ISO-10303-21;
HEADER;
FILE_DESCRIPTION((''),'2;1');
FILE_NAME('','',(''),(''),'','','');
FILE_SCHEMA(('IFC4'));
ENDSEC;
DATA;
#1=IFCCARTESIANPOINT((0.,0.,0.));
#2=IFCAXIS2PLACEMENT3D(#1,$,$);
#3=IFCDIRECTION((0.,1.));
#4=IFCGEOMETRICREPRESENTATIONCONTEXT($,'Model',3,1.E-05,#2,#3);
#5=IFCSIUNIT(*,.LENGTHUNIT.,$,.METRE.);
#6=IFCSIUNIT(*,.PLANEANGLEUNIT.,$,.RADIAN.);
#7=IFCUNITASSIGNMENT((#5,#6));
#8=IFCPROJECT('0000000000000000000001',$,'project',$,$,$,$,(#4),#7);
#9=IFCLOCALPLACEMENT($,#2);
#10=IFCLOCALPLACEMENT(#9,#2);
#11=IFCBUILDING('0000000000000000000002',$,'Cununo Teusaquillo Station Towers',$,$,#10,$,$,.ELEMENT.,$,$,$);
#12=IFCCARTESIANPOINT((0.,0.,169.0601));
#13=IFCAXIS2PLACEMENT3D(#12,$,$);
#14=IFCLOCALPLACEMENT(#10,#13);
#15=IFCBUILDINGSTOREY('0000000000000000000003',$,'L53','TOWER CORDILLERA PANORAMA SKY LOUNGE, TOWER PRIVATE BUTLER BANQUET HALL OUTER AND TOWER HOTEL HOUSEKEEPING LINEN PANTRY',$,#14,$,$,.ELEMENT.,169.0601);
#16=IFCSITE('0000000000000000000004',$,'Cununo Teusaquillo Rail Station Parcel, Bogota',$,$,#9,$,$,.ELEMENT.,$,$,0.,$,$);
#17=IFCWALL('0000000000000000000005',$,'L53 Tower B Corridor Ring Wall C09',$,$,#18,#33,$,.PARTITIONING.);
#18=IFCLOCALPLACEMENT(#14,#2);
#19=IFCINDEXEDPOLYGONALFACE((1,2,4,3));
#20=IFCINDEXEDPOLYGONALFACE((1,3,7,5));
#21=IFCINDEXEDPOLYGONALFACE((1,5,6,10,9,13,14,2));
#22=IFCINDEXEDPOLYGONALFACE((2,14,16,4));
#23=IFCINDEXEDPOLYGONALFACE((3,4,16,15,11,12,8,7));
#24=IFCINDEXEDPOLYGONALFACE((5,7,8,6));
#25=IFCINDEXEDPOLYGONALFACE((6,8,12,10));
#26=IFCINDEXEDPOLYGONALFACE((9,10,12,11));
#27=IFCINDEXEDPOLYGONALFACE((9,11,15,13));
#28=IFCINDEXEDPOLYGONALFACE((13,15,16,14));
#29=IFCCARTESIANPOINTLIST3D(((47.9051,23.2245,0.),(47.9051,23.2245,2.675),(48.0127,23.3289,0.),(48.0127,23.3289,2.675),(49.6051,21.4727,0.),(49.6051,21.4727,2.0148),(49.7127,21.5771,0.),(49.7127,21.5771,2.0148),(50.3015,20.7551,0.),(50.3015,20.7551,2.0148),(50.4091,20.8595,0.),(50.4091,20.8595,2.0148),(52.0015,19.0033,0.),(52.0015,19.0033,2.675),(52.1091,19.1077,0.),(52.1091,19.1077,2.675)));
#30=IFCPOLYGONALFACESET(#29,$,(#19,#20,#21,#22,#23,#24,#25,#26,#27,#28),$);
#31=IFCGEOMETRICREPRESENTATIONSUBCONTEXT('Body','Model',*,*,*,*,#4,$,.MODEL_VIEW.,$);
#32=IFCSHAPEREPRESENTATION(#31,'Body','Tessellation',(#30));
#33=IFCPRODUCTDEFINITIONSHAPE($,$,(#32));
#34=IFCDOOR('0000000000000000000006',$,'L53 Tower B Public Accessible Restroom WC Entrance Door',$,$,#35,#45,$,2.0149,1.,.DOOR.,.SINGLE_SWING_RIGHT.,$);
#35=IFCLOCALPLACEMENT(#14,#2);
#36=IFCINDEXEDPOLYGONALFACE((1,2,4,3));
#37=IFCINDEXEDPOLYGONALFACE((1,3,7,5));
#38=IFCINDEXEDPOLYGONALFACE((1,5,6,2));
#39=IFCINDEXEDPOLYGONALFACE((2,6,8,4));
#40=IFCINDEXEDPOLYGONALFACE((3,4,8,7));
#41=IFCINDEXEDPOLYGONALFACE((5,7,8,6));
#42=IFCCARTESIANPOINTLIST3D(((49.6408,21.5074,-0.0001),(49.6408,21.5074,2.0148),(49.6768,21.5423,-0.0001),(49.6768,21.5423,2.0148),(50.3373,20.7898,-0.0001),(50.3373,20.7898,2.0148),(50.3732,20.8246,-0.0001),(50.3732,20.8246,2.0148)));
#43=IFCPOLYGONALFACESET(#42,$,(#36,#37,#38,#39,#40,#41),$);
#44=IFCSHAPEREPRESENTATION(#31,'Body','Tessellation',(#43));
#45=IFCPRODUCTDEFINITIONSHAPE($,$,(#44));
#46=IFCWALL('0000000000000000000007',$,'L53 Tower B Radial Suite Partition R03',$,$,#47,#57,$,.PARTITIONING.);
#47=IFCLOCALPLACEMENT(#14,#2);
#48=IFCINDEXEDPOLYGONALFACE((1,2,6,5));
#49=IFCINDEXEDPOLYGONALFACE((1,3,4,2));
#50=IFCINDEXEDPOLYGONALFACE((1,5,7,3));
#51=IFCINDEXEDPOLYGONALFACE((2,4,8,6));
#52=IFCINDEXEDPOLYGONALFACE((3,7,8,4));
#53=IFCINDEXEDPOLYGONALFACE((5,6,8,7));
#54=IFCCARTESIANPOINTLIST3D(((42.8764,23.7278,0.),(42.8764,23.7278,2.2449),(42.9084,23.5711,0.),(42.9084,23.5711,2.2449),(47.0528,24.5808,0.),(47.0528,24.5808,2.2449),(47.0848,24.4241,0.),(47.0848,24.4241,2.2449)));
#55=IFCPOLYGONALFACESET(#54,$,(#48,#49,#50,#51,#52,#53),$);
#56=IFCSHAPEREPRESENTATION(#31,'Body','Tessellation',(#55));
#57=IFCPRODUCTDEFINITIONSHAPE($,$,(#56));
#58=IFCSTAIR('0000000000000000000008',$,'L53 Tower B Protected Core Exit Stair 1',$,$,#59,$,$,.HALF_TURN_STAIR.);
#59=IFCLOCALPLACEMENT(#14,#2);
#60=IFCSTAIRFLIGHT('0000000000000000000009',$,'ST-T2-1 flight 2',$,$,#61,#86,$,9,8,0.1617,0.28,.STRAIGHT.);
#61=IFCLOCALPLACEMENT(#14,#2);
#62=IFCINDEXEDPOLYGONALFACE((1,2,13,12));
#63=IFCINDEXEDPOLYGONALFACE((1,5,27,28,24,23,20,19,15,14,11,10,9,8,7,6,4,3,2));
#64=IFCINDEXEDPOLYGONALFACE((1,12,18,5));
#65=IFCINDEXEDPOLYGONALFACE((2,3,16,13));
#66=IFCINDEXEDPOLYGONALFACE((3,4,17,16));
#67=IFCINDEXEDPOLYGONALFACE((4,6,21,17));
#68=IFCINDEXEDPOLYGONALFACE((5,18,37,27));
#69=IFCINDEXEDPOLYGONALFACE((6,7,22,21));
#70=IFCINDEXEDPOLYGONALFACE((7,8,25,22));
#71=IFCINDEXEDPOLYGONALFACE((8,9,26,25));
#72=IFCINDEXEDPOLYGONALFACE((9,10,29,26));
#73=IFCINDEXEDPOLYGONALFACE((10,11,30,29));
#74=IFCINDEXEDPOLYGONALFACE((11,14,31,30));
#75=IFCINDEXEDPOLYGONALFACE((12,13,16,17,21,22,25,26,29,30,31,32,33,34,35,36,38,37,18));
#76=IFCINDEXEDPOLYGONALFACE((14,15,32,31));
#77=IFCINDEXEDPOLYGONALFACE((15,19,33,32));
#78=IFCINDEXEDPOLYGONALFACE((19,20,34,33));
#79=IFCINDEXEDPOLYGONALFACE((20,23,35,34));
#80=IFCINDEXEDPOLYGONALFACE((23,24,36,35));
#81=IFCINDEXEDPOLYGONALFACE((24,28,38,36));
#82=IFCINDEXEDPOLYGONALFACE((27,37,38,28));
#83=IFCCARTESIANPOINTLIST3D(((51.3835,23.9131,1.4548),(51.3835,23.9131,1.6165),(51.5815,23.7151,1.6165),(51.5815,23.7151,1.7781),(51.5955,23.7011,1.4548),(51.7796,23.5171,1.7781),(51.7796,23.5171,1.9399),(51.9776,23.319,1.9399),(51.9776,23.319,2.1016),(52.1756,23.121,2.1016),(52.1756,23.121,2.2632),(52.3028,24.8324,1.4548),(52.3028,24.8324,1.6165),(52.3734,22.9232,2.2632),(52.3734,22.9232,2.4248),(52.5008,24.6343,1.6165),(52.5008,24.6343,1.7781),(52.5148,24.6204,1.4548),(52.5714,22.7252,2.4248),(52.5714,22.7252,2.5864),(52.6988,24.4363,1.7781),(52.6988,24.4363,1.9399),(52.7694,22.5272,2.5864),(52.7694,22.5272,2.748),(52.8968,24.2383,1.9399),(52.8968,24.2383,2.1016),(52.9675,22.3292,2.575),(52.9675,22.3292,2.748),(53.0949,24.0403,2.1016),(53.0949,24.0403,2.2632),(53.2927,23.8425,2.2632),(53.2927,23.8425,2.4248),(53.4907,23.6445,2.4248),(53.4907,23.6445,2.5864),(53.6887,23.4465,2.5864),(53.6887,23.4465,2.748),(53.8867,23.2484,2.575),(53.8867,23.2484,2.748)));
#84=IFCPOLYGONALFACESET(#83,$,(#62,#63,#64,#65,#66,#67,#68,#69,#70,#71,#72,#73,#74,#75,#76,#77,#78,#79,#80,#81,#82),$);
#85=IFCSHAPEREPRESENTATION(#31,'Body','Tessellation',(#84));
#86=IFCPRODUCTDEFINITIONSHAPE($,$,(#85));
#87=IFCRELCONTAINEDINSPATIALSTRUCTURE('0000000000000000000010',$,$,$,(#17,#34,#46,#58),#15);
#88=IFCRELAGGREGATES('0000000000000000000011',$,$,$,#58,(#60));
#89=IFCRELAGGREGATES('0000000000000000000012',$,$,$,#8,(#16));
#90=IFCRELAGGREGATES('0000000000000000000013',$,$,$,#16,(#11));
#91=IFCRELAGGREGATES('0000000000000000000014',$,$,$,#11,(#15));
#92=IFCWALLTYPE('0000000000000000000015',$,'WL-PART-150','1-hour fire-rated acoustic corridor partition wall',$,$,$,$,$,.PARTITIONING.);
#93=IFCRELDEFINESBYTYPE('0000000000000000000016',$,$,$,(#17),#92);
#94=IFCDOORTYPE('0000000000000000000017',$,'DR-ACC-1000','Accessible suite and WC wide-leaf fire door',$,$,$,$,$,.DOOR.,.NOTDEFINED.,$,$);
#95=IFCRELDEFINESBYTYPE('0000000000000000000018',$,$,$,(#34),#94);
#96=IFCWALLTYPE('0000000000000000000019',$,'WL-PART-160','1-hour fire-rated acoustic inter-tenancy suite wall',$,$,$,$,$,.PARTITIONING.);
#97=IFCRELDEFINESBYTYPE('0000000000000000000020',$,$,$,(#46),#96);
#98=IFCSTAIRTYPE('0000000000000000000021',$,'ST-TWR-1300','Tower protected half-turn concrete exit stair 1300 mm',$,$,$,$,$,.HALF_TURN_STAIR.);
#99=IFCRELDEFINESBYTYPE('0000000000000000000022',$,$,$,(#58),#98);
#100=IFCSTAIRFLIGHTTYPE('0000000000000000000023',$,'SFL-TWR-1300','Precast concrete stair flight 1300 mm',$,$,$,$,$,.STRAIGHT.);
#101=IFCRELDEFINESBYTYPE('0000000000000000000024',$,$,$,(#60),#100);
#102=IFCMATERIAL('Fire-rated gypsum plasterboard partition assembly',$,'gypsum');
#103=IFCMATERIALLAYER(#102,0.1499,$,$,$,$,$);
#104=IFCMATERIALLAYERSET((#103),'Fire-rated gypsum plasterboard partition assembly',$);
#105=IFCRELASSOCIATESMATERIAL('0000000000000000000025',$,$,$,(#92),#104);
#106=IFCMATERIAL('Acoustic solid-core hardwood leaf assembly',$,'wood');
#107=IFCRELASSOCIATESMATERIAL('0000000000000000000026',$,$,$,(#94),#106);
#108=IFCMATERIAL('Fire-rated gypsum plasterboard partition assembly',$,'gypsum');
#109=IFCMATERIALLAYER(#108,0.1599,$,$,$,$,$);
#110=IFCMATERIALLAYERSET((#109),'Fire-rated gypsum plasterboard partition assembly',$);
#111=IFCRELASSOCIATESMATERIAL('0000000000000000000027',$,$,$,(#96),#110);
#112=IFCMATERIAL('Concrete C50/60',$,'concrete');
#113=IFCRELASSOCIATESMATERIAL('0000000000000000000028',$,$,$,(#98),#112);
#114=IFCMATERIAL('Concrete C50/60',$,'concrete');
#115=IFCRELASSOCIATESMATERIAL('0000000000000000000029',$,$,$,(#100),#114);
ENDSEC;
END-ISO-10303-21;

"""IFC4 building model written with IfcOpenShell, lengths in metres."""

from ifc_helpers import new_model, si_unit, direction, frame, frame_2d, origin, place, context, subcontext, project, spatial, polyline, rectangle, outline, extrude, source, transform, mapped, material, layer, layer_set, type_object, element, fill, aggregate, save


model = new_model("IFC4")

# Units and contexts
model_context = context("Model", 3, precision=1e-05, world=origin(), true_north=direction((0.0, 1.0)))
body_context = subcontext(model_context, "Body", "Model", "MODEL_VIEW")
ifc_project = project(units=[si_unit("LENGTHUNIT", "METRE"), si_unit("PLANEANGLEUNIT", "RADIAN")], contexts=[model_context])

# Site, building, storey
site_placement = place(None, origin())
site = spatial("IfcSite", under=ifc_project, at=site_placement, Name="Cununo Teusaquillo Rail Station Parcel, Bogota", CompositionType="ELEMENT", RefElevation=0.0)
building_placement = place(site_placement, origin())
building = spatial("IfcBuilding", under=site, at=building_placement, Name="Cununo Teusaquillo Station Towers", CompositionType="ELEMENT")
storey_placement = place(building_placement, frame((0.0, 0.0, 169.0601)))
storey = spatial("IfcBuildingStorey", under=building, at=storey_placement, Name="L53", Description="TOWER CORDILLERA PANORAMA SKY LOUNGE, TOWER PRIVATE BUTLER BANQUET HALL OUTER AND TOWER HOTEL HOUSEKEEPING LINEN PANTRY", CompositionType="ELEMENT", Elevation=169.0601)

# Shared definitions
ifc_material_1 = material(Name="Fire-rated gypsum plasterboard partition assembly", Category="gypsum")
ifc_layer_1 = layer(ifc_material_1, 0.1499)
ifc_layer_set_1 = layer_set([ifc_layer_1], Name="Fire-rated gypsum plasterboard partition assembly")
wall_type_1 = type_object("IfcWallType", Name="WL-PART-150", Description="1-hour fire-rated acoustic corridor partition wall", PredefinedType="PARTITIONING", material=ifc_layer_set_1)

# Wall, opening, door
wall_1_placement = place(storey_placement, frame((47.959, 23.2766, 0.0), z_axis=(0.0, 0.0, 1.0), x_axis=(0.696423, -0.717632, 0.0)))
wall_1 = element("IfcWall", 1, at=wall_1_placement, inside=storey, type_object=wall_type_1, Name="L53 Tower B Corridor Ring Wall C09", PredefinedType="PARTITIONING", context=body_context, shape_type="SweptSolid", body=[
    extrude(rectangle(XDim=5.8821, YDim=0.1499, at=frame_2d((2.9409, 0.0))), origin(), (0.0, 0.0, 1.0), 2.675),
])
shared_shape_1 = source(origin(), body_context, "Body", "SweptSolid", [
    extrude(rectangle(XDim=1.0, YDim=2.0149, at=frame_2d((0.5, 1.0073))), frame((0.0, 0.085, 0.0), z_axis=(0.0, -1.0, 0.0), x_axis=(1.0, 0.0, 0.0)), (0.0, 0.0, 1.0), 0.1699),
])
opening_1_placement = place(wall_1_placement, frame((2.4409, 0.0, 0.0)))
opening_1 = element("IfcOpeningElement", 2, at=opening_1_placement, cuts=wall_1, PredefinedType="OPENING", context=body_context, shape_type="MappedRepresentation", body=[
    mapped(shared_shape_1, transform((0.0, 0.0, 0.0), x_axis=(1.0, 0.0, 0.0), y_axis=(0.0, 1.0, 0.0), z_axis=(0.0, 0.0, 1.0), scale=1.0)),
])
ifc_material_2 = material(Name="Acoustic solid-core hardwood leaf assembly", Category="wood")
door_type_1 = type_object("IfcDoorType", Name="DR-ACC-1000", Description="Accessible suite and WC wide-leaf fire door", OperationType="NOTDEFINED", PredefinedType="DOOR", material=ifc_material_2)
shared_shape_2 = source(origin(), body_context, "Body", "SweptSolid", [
    extrude(rectangle(XDim=1.0, YDim=2.0149, at=frame_2d((0.5, 1.0073))), frame((0.0, 0.0249, 0.0), z_axis=(0.0, -1.0, 0.0), x_axis=(1.0, 0.0, 0.0)), (0.0, 0.0, 1.0), 0.05),
])
door_1_placement = place(opening_1_placement, origin())
door_1 = element("IfcDoor", 3, at=door_1_placement, inside=storey, type_object=door_type_1, Name="L53 Tower B Public Accessible Restroom WC Entrance Door", OperationType="SINGLE_SWING_RIGHT", OverallHeight=2.0149, OverallWidth=1.0, PredefinedType="DOOR", context=body_context, shape_type="MappedRepresentation", body=[
    mapped(shared_shape_2, transform((0.0, 0.0, 0.0), x_axis=(1.0, 0.0, 0.0), y_axis=(0.0, 1.0, 0.0), z_axis=(0.0, 0.0, 1.0), scale=1.0)),
])
fill(opening_1, door_1)

# Wall
ifc_material_3 = material(Name="Fire-rated gypsum plasterboard partition assembly", Category="gypsum")
ifc_layer_2 = layer(ifc_material_3, 0.1599)
ifc_layer_set_2 = layer_set([ifc_layer_2], Name="Fire-rated gypsum plasterboard partition assembly")
wall_type_2 = type_object("IfcWallType", Name="WL-PART-160", Description="1-hour fire-rated acoustic inter-tenancy suite wall", PredefinedType="PARTITIONING", material=ifc_layer_set_2)
wall_2_placement = place(storey_placement, frame((47.0688, 24.5024, 0.0), z_axis=(0.0, 0.0, 1.0), x_axis=(-0.979773, -0.200113, 0.0)))
element("IfcWall", 4, at=wall_2_placement, inside=storey, type_object=wall_type_2, Name="L53 Tower B Radial Suite Partition R03", PredefinedType="PARTITIONING", context=body_context, shape_type="SweptSolid", body=[
    extrude(rectangle(XDim=4.2627, YDim=0.1599, at=frame_2d((2.1313, 0.0))), origin(), (0.0, 0.0, 1.0), 2.2449),
])

# Stair, stair flight
ifc_material_4 = material(Name="Concrete C50/60", Category="concrete")
stair_type = type_object("IfcStairType", Name="ST-TWR-1300", Description="Tower protected half-turn concrete exit stair 1300 mm", PredefinedType="HALF_TURN_STAIR", material=ifc_material_4)
stair_placement = place(storey_placement, origin())
stair = element("IfcStair", 5, at=stair_placement, inside=storey, type_object=stair_type, Name="L53 Tower B Protected Core Exit Stair 1", PredefinedType="HALF_TURN_STAIR")
ifc_material_5 = material(Name="Concrete C50/60", Category="concrete")
stair_flight_type = type_object("IfcStairFlightType", Name="SFL-TWR-1300", Description="Precast concrete stair flight 1300 mm", PredefinedType="STRAIGHT", material=ifc_material_5)
stair_flight_placement = place(storey_placement, frame((51.8433, 24.3728, 1.4548), z_axis=(0.0, 0.0, 1.0), x_axis=(0.707107, -0.707107, 0.0)))
stair_flight = element("IfcStairFlight", 6, at=stair_flight_placement, type_object=stair_flight_type, Name="ST-T2-1 flight 2", NumberOfRisers=9, NumberOfTreads=8, PredefinedType="STRAIGHT", RiserHeight=0.1617, TreadLength=0.28, context=body_context, shape_type="SweptSolid", body=[
    extrude(outline(polyline([(0.0, 0.0), (0.0, 0.1616), (0.28, 0.1616), (0.28, 0.3232), (0.5601, 0.3232), (0.5601, 0.4851), (0.8401, 0.4851), (0.8401, 0.6467), (1.1201, 0.6467), (1.1201, 0.8083), (1.3999, 0.8083), (1.3999, 0.97), (1.6799, 0.97), (1.6799, 1.1316), (1.96, 1.1316), (1.96, 1.2932), (2.24, 1.2932), (2.24, 1.4551), (2.24, 1.1201), (0.2998, 0.0), (0.0, 0.0)])), frame((0.0, 0.6499, 0.0), z_axis=(0.0, -1.0, 0.0), x_axis=(1.0, 0.0, 0.0)), (0.0, 0.0, 1.0), 1.3),
])
aggregate(stair, [stair_flight])

save(model, "model.ifc")
